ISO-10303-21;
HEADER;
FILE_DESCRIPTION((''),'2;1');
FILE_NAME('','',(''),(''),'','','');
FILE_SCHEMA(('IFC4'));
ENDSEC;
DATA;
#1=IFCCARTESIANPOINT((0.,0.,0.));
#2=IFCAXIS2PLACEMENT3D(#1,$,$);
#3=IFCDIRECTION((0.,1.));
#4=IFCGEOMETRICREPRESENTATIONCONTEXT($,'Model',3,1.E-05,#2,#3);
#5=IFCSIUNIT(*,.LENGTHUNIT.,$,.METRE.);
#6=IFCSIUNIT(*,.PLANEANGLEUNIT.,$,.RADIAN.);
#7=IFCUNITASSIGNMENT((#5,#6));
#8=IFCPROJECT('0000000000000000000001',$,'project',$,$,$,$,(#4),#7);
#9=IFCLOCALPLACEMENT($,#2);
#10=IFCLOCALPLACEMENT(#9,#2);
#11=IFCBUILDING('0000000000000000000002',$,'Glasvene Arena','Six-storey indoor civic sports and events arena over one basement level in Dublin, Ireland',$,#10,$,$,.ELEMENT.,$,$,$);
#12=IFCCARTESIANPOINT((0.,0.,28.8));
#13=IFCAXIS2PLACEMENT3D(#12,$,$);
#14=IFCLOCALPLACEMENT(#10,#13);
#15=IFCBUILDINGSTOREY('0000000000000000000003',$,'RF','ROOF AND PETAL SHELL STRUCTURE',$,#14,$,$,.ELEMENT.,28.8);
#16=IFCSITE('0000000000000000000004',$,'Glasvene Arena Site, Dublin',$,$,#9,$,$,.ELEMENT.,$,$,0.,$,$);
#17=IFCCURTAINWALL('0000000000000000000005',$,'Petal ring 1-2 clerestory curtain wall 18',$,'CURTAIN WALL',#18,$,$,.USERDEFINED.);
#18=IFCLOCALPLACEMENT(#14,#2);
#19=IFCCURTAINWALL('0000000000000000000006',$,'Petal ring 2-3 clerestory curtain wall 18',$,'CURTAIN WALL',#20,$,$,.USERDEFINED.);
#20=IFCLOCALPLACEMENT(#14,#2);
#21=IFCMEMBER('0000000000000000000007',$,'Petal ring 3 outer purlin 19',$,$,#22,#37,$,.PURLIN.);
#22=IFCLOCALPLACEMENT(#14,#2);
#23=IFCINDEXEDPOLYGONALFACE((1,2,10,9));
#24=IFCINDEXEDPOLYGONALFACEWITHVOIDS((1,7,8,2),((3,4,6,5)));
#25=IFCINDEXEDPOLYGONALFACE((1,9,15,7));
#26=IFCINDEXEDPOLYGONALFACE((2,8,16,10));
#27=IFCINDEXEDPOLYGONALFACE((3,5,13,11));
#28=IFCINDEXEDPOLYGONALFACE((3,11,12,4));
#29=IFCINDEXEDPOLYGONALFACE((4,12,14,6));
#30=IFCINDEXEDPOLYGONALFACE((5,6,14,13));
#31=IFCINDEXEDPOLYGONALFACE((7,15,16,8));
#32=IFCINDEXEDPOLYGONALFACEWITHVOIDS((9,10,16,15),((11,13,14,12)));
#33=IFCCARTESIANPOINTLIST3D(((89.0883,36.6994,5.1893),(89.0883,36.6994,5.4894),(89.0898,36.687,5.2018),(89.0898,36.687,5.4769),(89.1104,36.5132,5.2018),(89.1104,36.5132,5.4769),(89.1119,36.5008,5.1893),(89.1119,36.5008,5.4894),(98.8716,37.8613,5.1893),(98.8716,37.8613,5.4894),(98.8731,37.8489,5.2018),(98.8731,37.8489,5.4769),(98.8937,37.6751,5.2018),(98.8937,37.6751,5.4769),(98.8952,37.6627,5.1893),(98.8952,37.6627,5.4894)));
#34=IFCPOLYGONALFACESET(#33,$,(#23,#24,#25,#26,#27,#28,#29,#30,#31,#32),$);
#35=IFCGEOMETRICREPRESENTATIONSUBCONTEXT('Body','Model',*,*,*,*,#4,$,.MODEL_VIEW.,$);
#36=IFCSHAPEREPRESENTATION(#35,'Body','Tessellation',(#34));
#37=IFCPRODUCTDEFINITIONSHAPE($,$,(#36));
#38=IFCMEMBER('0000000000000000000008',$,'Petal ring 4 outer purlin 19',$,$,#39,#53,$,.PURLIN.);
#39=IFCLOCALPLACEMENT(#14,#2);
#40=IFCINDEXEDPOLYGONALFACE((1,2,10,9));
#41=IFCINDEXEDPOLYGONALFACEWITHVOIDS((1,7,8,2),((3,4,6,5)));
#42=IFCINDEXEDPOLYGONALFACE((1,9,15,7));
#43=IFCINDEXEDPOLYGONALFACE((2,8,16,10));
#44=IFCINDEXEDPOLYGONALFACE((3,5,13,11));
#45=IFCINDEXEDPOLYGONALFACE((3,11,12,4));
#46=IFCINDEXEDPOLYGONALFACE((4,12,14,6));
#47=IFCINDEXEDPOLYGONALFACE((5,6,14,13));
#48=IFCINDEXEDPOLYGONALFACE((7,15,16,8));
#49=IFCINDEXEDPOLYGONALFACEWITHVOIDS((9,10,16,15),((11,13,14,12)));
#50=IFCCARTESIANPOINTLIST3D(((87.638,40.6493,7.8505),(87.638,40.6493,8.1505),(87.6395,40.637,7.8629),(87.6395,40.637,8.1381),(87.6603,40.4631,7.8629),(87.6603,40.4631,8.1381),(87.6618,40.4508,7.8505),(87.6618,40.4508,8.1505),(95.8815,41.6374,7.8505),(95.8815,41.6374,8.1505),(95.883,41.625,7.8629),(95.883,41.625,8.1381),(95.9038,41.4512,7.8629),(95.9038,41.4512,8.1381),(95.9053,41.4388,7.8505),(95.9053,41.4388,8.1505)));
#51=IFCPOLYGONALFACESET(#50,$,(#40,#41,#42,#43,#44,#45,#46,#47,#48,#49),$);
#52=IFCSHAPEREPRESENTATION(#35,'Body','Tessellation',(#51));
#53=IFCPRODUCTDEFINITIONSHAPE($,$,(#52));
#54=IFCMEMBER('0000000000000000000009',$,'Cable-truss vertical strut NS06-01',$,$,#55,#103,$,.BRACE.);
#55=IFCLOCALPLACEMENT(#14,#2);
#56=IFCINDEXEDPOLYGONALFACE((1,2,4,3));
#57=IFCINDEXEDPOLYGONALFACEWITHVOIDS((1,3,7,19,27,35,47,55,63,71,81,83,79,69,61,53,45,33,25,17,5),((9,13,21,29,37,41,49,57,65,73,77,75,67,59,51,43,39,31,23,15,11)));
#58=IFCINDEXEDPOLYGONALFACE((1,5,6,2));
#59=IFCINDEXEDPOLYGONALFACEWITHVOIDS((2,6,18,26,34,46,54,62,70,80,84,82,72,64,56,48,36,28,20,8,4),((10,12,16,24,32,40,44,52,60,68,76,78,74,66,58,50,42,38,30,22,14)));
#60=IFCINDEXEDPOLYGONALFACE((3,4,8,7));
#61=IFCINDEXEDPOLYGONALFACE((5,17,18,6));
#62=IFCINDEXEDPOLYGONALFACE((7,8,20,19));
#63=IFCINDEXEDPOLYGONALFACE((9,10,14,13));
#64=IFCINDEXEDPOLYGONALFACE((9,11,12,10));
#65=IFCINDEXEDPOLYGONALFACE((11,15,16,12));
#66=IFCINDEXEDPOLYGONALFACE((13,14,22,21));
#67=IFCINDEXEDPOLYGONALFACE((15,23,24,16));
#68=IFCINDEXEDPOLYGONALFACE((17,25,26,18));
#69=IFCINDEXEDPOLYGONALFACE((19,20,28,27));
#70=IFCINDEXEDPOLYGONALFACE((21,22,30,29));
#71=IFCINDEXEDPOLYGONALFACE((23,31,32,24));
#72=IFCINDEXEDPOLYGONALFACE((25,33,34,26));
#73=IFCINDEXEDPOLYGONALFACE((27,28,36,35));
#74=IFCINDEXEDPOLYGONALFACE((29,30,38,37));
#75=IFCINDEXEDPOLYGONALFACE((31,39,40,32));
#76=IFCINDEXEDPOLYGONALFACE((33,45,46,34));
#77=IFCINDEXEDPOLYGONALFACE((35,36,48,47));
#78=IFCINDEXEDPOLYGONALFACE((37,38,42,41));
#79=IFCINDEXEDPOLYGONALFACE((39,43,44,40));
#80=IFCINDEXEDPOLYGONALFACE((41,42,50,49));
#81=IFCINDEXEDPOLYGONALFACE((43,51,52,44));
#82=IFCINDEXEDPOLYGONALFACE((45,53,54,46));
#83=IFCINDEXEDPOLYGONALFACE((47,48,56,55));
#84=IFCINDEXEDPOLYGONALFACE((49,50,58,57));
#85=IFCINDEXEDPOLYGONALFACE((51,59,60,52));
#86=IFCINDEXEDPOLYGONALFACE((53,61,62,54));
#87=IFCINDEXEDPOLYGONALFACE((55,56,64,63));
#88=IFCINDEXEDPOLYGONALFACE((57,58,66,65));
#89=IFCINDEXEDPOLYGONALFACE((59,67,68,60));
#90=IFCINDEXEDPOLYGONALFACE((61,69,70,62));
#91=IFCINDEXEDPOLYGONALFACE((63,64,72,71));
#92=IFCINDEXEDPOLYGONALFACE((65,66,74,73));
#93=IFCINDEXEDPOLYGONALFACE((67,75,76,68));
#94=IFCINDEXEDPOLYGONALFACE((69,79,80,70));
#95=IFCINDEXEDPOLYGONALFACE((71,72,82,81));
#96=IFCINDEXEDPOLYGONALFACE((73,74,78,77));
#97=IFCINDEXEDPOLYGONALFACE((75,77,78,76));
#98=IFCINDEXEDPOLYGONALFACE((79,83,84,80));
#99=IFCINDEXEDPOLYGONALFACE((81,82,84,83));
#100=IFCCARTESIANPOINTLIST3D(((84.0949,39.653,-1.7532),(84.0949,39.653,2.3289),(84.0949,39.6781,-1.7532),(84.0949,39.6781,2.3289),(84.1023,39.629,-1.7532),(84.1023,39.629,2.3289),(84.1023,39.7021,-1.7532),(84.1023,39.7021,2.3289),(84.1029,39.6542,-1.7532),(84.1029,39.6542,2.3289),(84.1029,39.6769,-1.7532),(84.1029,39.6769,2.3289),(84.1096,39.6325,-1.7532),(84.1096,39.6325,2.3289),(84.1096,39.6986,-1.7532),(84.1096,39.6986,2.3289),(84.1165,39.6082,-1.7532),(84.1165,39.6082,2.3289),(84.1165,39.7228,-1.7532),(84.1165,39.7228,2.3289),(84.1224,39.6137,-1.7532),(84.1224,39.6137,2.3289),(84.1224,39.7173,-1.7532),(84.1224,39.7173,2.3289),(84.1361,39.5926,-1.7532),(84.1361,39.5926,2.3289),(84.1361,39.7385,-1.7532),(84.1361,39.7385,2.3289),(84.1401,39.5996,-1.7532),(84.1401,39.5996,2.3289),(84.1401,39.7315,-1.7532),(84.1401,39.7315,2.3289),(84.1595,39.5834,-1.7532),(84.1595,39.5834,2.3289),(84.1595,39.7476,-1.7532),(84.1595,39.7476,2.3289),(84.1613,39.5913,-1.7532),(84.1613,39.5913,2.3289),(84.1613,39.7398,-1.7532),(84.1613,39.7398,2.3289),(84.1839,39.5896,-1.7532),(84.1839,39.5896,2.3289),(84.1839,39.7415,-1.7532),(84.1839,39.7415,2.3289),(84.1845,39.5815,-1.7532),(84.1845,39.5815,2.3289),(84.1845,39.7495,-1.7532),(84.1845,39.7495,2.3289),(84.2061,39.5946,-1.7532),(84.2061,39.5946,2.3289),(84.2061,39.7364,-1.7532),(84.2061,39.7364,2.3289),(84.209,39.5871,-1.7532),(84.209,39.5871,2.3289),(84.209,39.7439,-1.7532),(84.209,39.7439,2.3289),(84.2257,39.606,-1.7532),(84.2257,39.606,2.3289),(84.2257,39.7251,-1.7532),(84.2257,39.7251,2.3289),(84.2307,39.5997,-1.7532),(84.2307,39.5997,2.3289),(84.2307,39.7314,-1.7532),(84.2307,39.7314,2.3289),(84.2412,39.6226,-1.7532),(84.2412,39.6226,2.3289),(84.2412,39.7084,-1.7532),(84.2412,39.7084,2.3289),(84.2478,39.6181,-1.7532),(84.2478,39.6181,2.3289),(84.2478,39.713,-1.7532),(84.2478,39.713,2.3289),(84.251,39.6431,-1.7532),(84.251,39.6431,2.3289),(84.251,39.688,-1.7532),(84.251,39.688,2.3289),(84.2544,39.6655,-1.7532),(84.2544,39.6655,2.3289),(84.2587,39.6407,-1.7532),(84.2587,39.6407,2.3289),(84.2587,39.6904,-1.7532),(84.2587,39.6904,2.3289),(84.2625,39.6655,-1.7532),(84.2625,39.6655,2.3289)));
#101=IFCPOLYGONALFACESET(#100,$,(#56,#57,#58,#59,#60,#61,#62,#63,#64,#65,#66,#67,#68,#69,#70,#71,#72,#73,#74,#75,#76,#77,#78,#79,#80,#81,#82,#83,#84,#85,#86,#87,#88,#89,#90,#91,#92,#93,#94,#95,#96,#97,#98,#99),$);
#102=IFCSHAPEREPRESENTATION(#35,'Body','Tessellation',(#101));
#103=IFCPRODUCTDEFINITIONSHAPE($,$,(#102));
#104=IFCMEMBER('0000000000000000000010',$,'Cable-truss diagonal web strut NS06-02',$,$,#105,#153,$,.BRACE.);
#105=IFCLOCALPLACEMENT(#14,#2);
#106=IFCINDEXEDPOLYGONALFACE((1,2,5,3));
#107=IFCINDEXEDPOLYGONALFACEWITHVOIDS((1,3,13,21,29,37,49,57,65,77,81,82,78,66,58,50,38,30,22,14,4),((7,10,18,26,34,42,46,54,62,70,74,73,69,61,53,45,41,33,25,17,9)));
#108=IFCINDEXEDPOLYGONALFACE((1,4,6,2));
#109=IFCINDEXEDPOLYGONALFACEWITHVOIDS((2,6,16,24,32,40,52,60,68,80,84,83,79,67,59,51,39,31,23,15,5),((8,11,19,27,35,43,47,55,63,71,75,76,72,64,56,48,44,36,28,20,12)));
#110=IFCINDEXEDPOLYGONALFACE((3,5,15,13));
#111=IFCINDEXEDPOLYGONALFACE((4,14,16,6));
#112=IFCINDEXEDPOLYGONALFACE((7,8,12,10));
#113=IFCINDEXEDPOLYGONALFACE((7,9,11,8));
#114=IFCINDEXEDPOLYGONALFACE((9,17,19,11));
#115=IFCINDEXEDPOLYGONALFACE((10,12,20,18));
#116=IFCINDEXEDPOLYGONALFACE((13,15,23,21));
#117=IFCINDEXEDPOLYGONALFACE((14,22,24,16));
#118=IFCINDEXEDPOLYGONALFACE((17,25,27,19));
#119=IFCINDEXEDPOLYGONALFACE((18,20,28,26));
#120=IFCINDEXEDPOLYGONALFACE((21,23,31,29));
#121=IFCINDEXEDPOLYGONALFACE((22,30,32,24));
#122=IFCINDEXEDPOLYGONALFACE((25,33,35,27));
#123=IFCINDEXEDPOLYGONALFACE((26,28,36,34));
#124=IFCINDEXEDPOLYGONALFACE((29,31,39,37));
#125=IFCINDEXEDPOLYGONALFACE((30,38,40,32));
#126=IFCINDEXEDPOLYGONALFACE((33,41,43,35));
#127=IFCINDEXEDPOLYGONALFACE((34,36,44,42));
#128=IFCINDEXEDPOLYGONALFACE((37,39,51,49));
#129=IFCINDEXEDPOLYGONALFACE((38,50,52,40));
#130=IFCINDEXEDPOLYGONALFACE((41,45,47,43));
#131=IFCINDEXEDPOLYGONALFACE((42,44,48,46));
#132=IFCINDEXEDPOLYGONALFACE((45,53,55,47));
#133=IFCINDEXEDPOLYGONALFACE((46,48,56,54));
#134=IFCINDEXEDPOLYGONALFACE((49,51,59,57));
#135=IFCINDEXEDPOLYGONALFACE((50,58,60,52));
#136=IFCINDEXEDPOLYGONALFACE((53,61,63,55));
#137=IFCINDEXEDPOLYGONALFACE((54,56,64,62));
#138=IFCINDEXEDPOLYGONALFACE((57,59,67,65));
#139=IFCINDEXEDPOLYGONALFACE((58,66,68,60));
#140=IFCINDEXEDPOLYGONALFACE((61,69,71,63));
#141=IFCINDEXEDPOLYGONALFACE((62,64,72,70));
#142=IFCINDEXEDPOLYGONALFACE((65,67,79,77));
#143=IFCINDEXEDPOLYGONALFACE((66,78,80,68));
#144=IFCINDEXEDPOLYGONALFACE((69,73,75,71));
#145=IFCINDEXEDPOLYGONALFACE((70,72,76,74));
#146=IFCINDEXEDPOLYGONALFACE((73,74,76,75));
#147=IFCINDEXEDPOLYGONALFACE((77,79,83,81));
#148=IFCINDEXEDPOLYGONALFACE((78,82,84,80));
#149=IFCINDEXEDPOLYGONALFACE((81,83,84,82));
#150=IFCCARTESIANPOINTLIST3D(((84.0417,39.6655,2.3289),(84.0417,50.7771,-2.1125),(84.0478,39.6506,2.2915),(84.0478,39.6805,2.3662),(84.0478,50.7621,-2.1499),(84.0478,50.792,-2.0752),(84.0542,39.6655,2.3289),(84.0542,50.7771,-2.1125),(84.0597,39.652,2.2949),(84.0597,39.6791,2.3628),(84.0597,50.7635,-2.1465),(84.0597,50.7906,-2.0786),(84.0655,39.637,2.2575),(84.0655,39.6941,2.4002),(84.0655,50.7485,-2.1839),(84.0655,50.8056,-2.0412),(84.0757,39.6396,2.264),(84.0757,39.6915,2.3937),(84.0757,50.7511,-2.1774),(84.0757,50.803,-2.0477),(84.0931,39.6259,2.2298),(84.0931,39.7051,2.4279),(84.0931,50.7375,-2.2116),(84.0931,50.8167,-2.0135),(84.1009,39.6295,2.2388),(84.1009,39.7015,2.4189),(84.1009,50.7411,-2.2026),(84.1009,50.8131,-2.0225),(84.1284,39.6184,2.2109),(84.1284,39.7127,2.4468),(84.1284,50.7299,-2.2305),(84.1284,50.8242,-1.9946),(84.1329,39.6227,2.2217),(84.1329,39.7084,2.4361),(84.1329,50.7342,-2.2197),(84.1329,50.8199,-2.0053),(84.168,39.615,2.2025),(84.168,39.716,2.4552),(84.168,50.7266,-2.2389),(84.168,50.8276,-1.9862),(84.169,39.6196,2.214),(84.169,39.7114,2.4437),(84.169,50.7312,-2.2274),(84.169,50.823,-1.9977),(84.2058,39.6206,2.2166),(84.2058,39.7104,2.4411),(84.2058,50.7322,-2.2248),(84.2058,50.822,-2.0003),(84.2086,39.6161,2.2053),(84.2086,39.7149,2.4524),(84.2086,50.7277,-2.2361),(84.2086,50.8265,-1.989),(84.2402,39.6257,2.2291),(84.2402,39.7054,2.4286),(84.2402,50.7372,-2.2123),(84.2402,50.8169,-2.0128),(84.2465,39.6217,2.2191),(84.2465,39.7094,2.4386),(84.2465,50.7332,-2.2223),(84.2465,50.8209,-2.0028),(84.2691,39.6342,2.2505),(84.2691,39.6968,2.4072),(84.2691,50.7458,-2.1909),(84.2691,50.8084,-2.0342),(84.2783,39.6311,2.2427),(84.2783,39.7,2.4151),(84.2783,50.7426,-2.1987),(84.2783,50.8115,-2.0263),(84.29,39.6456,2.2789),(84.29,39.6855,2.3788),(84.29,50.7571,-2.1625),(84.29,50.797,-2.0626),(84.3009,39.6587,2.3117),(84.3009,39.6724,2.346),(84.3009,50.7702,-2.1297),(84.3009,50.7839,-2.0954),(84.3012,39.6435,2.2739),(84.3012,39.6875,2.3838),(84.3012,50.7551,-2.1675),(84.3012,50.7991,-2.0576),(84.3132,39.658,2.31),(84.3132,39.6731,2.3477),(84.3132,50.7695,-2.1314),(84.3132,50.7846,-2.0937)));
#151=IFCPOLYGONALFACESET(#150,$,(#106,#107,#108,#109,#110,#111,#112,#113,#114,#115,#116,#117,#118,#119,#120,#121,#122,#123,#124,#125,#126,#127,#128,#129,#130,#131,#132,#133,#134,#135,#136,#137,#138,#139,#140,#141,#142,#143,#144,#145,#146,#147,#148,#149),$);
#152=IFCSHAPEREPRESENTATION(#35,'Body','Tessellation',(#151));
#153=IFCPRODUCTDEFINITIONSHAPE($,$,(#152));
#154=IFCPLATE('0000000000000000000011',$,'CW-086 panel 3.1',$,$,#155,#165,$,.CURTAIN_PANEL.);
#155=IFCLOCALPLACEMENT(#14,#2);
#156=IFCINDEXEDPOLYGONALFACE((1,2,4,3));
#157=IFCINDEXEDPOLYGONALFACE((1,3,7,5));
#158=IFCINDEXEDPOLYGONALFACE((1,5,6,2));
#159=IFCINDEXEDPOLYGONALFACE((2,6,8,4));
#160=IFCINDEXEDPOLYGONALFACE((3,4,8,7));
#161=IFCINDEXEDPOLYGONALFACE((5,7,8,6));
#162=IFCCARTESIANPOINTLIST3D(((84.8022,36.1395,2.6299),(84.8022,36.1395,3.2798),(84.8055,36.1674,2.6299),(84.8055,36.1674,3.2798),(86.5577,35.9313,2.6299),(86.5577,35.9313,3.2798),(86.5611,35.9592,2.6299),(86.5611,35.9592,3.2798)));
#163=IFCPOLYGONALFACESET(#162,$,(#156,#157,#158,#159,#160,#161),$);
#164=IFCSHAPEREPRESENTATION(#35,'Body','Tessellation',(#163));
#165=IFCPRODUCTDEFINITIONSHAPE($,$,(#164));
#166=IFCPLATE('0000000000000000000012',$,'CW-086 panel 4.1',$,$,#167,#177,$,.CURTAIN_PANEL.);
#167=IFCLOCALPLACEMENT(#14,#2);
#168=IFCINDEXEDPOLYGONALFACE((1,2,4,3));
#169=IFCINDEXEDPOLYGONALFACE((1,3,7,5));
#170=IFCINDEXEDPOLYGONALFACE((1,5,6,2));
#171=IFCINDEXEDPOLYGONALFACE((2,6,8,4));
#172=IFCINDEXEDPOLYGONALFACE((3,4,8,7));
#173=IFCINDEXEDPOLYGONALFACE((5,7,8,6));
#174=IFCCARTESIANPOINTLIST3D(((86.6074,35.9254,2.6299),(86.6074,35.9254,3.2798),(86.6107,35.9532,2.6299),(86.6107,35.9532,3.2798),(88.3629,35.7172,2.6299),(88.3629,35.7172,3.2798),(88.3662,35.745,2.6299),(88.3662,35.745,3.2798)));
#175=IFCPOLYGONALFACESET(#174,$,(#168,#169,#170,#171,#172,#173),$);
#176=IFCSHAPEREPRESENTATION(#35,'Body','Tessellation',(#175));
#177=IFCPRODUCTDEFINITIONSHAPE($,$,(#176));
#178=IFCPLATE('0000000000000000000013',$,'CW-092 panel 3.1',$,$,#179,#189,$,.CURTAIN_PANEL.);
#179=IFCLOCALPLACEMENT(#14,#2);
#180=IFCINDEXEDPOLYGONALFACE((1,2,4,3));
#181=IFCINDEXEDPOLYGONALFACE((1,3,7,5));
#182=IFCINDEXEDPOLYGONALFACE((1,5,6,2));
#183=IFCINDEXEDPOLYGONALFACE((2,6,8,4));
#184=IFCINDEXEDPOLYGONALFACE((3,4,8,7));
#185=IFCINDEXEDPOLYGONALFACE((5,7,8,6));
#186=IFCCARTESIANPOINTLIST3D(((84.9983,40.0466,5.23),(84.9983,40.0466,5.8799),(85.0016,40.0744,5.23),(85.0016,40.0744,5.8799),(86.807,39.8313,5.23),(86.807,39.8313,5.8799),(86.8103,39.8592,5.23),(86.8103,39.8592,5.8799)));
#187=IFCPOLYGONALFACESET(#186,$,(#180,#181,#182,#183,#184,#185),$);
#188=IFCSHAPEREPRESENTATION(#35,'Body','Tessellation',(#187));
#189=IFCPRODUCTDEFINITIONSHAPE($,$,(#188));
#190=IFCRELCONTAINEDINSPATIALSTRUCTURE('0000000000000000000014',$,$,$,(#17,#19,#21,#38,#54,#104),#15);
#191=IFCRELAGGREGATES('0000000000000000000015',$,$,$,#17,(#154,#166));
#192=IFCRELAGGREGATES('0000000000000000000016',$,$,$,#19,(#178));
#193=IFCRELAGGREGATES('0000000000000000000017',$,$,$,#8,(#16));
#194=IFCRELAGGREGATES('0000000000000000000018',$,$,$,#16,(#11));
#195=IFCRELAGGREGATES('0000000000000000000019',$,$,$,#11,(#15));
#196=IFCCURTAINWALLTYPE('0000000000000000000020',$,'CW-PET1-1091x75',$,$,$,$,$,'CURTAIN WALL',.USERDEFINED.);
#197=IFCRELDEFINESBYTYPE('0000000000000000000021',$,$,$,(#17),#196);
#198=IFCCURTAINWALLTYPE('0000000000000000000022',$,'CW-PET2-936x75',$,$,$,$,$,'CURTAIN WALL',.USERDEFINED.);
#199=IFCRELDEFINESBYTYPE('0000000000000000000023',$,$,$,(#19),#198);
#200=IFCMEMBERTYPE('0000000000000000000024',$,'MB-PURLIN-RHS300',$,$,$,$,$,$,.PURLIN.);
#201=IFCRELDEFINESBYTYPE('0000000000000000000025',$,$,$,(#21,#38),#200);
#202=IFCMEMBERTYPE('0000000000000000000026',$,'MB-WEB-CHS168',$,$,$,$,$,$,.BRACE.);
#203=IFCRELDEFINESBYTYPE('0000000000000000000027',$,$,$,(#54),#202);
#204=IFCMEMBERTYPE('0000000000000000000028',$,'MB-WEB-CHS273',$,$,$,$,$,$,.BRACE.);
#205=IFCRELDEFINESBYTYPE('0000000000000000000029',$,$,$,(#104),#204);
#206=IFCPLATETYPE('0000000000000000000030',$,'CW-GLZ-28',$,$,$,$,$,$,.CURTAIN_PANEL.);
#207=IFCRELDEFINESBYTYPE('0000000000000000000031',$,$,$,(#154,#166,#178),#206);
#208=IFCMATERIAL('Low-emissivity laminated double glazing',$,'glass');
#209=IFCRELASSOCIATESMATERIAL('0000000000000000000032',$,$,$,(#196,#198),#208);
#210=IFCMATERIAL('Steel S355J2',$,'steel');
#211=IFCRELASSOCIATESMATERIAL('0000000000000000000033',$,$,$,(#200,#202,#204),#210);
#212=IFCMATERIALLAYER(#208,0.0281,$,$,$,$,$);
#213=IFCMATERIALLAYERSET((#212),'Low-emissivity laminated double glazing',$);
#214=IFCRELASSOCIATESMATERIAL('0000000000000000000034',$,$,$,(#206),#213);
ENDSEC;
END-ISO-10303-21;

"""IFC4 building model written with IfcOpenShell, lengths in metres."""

from ifc_helpers import new_model, si_unit, direction, frame, origin, origin_2d, place, context, subcontext, project, spatial, rectangle, hollow_rectangle, hollow_circle, extrude, material, layer, layer_set, material_profile, profile_set, type_object, element, aggregate, save


model = new_model("IFC4")

# Units and contexts
model_context = context("Model", 3, precision=1e-05, world=origin(), true_north=direction((0.0, 1.0)))
body_context = subcontext(model_context, "Body", "Model", "MODEL_VIEW")
ifc_project = project(units=[si_unit("LENGTHUNIT", "METRE"), si_unit("PLANEANGLEUNIT", "RADIAN")], contexts=[model_context])

# Site, building, storey
site_placement = place(None, origin())
site = spatial("IfcSite", under=ifc_project, at=site_placement, Name="Glasvene Arena Site, Dublin", CompositionType="ELEMENT", RefElevation=0.0)
building_placement = place(site_placement, origin())
building = spatial("IfcBuilding", under=site, at=building_placement, Name="Glasvene Arena", Description="Six-storey indoor civic sports and events arena over one basement level in Dublin, Ireland", CompositionType="ELEMENT")
storey_placement = place(building_placement, frame((0.0, 0.0, 28.8)))
storey = spatial("IfcBuildingStorey", under=building, at=storey_placement, Name="RF", Description="ROOF AND PETAL SHELL STRUCTURE", CompositionType="ELEMENT", Elevation=28.8)

# Curtain walls
ifc_material_1 = material(Name="Low-emissivity laminated double glazing", Category="glass")
curtain_wall_type_1 = type_object("IfcCurtainWallType", Name="CW-PET1-1091x75", ElementType="CURTAIN WALL", PredefinedType="USERDEFINED", material=ifc_material_1)
curtain_wall_1_placement = place(storey_placement, frame((81.1685, 36.5847, 0.0)))
curtain_wall_1 = element("IfcCurtainWall", 1, at=curtain_wall_1_placement, inside=storey, type_object=curtain_wall_type_1, Name="Petal ring 1-2 clerestory curtain wall 18", ObjectType="CURTAIN WALL", PredefinedType="USERDEFINED")
curtain_wall_type_2 = type_object("IfcCurtainWallType", Name="CW-PET2-936x75", ElementType="CURTAIN WALL", PredefinedType="USERDEFINED", material=ifc_material_1)
curtain_wall_2_placement = place(storey_placement, frame((81.2583, 40.5056, 0.0)))
curtain_wall_2 = element("IfcCurtainWall", 2, at=curtain_wall_2_placement, inside=storey, type_object=curtain_wall_type_2, Name="Petal ring 2-3 clerestory curtain wall 18", ObjectType="CURTAIN WALL", PredefinedType="USERDEFINED")

# Members
ifc_material_2 = material(Name="Steel S355J2", Category="steel")
ifc_material_profile_1 = material_profile(ifc_material_2, hollow_rectangle(XDim=0.2, YDim=0.3, WallThickness=0.0125, at=origin_2d()), Name="RHS 300x200x12.5")
ifc_profile_set_1 = profile_set([ifc_material_profile_1], Name="Steel S355J2")
member_type_1 = type_object("IfcMemberType", Name="MB-PURLIN-RHS300", PredefinedType="PURLIN", material=ifc_profile_set_1)
member_1_placement = place(storey_placement, frame((89.1001, 36.6001, 5.3394), z_axis=(0.993022, 0.117932, 0.0), x_axis=(-0.117932, 0.993022, 0.0)))
element("IfcMember", 3, at=member_1_placement, inside=storey, type_object=member_type_1, Name="Petal ring 3 outer purlin 19", PredefinedType="PURLIN", context=body_context, shape_type="SweptSolid", body=[
    extrude(hollow_rectangle(XDim=0.2, YDim=0.3, WallThickness=0.0125, at=origin_2d()), origin(), (0.0, 0.0, 1.0), 9.8521),
])
member_2_placement = place(storey_placement, frame((87.6499, 40.55, 8.0005), z_axis=(0.992894, 0.119006, 0.0), x_axis=(-0.119006, 0.992894, 0.0)))
element("IfcMember", 4, at=member_2_placement, inside=storey, type_object=member_type_1, Name="Petal ring 4 outer purlin 19", PredefinedType="PURLIN", context=body_context, shape_type="SweptSolid", body=[
    extrude(hollow_rectangle(XDim=0.2, YDim=0.3, WallThickness=0.0125, at=origin_2d()), origin(), (0.0, 0.0, 1.0), 8.3025),
])
ifc_material_profile_2 = material_profile(ifc_material_2, hollow_circle(Radius=0.0842, WallThickness=0.0081, at=origin_2d()), Name="CHS 168.3x8.0")
ifc_profile_set_2 = profile_set([ifc_material_profile_2], Name="Steel S355J2")
member_type_2 = type_object("IfcMemberType", Name="MB-WEB-CHS168", PredefinedType="BRACE", material=ifc_profile_set_2)
member_3_placement = place(storey_placement, frame((84.1782, 39.6655, -1.7532), z_axis=(0.0, 0.0, 1.0), x_axis=(1.0, 0.0, 0.0)))
element("IfcMember", 5, at=member_3_placement, inside=storey, type_object=member_type_2, Name="Cable-truss vertical strut NS06-01", PredefinedType="BRACE", context=body_context, shape_type="SweptSolid", body=[
    extrude(hollow_circle(Radius=0.0842, WallThickness=0.0081, at=origin_2d()), origin(), (0.0, 0.0, 1.0), 4.082),
])
ifc_material_profile_3 = material_profile(ifc_material_2, hollow_circle(Radius=0.1365, WallThickness=0.0125, at=origin_2d()), Name="CHS 273.0x12.5")
ifc_profile_set_3 = profile_set([ifc_material_profile_3], Name="Steel S355J2")
member_type_3 = type_object("IfcMemberType", Name="MB-WEB-CHS273", PredefinedType="BRACE", material=ifc_profile_set_3)
member_4_placement = place(storey_placement, frame((84.1782, 39.6655, 2.3289), z_axis=(0.0, 0.92857, -0.371159), x_axis=(-1.0, 0.0, 0.0)))
element("IfcMember", 6, at=member_4_placement, inside=storey, type_object=member_type_3, Name="Cable-truss diagonal web strut NS06-02", PredefinedType="BRACE", context=body_context, shape_type="SweptSolid", body=[
    extrude(hollow_circle(Radius=0.1365, WallThickness=0.0125, at=origin_2d()), origin(), (0.0, 0.0, 1.0), 11.9663),
])

# Plates
ifc_layer_1 = layer(ifc_material_1, 0.0281)
ifc_layer_set_1 = layer_set([ifc_layer_1], Name="Low-emissivity laminated double glazing")
plate_type = type_object("IfcPlateType", Name="CW-GLZ-28", PredefinedType="CURTAIN_PANEL", material=ifc_layer_set_1)
plate_1_placement = place(storey_placement, frame((85.6816, 36.0493, 2.6299), z_axis=(0.0, 0.0, 1.0), x_axis=(0.993041, -0.117772, 0.0)))
plate_1 = element("IfcPlate", 7, at=plate_1_placement, type_object=plate_type, Name="CW-086 panel 3.1", PredefinedType="CURTAIN_PANEL", context=body_context, shape_type="SweptSolid", body=[
    extrude(rectangle(XDim=1.7678, YDim=0.0281, at=origin_2d()), origin(), (0.0, 0.0, 1.0), 0.6499),
])
plate_2_placement = place(storey_placement, frame((87.4868, 35.8352, 2.6299), z_axis=(0.0, 0.0, 1.0), x_axis=(0.993041, -0.117772, 0.0)))
plate_2 = element("IfcPlate", 8, at=plate_2_placement, type_object=plate_type, Name="CW-086 panel 4.1", PredefinedType="CURTAIN_PANEL", context=body_context, shape_type="SweptSolid", body=[
    extrude(rectangle(XDim=1.7678, YDim=0.0281, at=origin_2d()), origin(), (0.0, 0.0, 1.0), 0.6499),
])
aggregate(curtain_wall_1, [plate_1, plate_2])
plate_3_placement = place(storey_placement, frame((85.9043, 39.9529, 5.23), z_axis=(0.0, 0.0, 1.0), x_axis=(0.992994, -0.118166, 0.0)))
plate_3 = element("IfcPlate", 9, at=plate_3_placement, type_object=plate_type, Name="CW-092 panel 3.1", PredefinedType="CURTAIN_PANEL", context=body_context, shape_type="SweptSolid", body=[
    extrude(rectangle(XDim=1.8215, YDim=0.0281, at=origin_2d()), origin(), (0.0, 0.0, 1.0), 0.6499),
])
aggregate(curtain_wall_2, [plate_3])

save(model, "model.ifc")
